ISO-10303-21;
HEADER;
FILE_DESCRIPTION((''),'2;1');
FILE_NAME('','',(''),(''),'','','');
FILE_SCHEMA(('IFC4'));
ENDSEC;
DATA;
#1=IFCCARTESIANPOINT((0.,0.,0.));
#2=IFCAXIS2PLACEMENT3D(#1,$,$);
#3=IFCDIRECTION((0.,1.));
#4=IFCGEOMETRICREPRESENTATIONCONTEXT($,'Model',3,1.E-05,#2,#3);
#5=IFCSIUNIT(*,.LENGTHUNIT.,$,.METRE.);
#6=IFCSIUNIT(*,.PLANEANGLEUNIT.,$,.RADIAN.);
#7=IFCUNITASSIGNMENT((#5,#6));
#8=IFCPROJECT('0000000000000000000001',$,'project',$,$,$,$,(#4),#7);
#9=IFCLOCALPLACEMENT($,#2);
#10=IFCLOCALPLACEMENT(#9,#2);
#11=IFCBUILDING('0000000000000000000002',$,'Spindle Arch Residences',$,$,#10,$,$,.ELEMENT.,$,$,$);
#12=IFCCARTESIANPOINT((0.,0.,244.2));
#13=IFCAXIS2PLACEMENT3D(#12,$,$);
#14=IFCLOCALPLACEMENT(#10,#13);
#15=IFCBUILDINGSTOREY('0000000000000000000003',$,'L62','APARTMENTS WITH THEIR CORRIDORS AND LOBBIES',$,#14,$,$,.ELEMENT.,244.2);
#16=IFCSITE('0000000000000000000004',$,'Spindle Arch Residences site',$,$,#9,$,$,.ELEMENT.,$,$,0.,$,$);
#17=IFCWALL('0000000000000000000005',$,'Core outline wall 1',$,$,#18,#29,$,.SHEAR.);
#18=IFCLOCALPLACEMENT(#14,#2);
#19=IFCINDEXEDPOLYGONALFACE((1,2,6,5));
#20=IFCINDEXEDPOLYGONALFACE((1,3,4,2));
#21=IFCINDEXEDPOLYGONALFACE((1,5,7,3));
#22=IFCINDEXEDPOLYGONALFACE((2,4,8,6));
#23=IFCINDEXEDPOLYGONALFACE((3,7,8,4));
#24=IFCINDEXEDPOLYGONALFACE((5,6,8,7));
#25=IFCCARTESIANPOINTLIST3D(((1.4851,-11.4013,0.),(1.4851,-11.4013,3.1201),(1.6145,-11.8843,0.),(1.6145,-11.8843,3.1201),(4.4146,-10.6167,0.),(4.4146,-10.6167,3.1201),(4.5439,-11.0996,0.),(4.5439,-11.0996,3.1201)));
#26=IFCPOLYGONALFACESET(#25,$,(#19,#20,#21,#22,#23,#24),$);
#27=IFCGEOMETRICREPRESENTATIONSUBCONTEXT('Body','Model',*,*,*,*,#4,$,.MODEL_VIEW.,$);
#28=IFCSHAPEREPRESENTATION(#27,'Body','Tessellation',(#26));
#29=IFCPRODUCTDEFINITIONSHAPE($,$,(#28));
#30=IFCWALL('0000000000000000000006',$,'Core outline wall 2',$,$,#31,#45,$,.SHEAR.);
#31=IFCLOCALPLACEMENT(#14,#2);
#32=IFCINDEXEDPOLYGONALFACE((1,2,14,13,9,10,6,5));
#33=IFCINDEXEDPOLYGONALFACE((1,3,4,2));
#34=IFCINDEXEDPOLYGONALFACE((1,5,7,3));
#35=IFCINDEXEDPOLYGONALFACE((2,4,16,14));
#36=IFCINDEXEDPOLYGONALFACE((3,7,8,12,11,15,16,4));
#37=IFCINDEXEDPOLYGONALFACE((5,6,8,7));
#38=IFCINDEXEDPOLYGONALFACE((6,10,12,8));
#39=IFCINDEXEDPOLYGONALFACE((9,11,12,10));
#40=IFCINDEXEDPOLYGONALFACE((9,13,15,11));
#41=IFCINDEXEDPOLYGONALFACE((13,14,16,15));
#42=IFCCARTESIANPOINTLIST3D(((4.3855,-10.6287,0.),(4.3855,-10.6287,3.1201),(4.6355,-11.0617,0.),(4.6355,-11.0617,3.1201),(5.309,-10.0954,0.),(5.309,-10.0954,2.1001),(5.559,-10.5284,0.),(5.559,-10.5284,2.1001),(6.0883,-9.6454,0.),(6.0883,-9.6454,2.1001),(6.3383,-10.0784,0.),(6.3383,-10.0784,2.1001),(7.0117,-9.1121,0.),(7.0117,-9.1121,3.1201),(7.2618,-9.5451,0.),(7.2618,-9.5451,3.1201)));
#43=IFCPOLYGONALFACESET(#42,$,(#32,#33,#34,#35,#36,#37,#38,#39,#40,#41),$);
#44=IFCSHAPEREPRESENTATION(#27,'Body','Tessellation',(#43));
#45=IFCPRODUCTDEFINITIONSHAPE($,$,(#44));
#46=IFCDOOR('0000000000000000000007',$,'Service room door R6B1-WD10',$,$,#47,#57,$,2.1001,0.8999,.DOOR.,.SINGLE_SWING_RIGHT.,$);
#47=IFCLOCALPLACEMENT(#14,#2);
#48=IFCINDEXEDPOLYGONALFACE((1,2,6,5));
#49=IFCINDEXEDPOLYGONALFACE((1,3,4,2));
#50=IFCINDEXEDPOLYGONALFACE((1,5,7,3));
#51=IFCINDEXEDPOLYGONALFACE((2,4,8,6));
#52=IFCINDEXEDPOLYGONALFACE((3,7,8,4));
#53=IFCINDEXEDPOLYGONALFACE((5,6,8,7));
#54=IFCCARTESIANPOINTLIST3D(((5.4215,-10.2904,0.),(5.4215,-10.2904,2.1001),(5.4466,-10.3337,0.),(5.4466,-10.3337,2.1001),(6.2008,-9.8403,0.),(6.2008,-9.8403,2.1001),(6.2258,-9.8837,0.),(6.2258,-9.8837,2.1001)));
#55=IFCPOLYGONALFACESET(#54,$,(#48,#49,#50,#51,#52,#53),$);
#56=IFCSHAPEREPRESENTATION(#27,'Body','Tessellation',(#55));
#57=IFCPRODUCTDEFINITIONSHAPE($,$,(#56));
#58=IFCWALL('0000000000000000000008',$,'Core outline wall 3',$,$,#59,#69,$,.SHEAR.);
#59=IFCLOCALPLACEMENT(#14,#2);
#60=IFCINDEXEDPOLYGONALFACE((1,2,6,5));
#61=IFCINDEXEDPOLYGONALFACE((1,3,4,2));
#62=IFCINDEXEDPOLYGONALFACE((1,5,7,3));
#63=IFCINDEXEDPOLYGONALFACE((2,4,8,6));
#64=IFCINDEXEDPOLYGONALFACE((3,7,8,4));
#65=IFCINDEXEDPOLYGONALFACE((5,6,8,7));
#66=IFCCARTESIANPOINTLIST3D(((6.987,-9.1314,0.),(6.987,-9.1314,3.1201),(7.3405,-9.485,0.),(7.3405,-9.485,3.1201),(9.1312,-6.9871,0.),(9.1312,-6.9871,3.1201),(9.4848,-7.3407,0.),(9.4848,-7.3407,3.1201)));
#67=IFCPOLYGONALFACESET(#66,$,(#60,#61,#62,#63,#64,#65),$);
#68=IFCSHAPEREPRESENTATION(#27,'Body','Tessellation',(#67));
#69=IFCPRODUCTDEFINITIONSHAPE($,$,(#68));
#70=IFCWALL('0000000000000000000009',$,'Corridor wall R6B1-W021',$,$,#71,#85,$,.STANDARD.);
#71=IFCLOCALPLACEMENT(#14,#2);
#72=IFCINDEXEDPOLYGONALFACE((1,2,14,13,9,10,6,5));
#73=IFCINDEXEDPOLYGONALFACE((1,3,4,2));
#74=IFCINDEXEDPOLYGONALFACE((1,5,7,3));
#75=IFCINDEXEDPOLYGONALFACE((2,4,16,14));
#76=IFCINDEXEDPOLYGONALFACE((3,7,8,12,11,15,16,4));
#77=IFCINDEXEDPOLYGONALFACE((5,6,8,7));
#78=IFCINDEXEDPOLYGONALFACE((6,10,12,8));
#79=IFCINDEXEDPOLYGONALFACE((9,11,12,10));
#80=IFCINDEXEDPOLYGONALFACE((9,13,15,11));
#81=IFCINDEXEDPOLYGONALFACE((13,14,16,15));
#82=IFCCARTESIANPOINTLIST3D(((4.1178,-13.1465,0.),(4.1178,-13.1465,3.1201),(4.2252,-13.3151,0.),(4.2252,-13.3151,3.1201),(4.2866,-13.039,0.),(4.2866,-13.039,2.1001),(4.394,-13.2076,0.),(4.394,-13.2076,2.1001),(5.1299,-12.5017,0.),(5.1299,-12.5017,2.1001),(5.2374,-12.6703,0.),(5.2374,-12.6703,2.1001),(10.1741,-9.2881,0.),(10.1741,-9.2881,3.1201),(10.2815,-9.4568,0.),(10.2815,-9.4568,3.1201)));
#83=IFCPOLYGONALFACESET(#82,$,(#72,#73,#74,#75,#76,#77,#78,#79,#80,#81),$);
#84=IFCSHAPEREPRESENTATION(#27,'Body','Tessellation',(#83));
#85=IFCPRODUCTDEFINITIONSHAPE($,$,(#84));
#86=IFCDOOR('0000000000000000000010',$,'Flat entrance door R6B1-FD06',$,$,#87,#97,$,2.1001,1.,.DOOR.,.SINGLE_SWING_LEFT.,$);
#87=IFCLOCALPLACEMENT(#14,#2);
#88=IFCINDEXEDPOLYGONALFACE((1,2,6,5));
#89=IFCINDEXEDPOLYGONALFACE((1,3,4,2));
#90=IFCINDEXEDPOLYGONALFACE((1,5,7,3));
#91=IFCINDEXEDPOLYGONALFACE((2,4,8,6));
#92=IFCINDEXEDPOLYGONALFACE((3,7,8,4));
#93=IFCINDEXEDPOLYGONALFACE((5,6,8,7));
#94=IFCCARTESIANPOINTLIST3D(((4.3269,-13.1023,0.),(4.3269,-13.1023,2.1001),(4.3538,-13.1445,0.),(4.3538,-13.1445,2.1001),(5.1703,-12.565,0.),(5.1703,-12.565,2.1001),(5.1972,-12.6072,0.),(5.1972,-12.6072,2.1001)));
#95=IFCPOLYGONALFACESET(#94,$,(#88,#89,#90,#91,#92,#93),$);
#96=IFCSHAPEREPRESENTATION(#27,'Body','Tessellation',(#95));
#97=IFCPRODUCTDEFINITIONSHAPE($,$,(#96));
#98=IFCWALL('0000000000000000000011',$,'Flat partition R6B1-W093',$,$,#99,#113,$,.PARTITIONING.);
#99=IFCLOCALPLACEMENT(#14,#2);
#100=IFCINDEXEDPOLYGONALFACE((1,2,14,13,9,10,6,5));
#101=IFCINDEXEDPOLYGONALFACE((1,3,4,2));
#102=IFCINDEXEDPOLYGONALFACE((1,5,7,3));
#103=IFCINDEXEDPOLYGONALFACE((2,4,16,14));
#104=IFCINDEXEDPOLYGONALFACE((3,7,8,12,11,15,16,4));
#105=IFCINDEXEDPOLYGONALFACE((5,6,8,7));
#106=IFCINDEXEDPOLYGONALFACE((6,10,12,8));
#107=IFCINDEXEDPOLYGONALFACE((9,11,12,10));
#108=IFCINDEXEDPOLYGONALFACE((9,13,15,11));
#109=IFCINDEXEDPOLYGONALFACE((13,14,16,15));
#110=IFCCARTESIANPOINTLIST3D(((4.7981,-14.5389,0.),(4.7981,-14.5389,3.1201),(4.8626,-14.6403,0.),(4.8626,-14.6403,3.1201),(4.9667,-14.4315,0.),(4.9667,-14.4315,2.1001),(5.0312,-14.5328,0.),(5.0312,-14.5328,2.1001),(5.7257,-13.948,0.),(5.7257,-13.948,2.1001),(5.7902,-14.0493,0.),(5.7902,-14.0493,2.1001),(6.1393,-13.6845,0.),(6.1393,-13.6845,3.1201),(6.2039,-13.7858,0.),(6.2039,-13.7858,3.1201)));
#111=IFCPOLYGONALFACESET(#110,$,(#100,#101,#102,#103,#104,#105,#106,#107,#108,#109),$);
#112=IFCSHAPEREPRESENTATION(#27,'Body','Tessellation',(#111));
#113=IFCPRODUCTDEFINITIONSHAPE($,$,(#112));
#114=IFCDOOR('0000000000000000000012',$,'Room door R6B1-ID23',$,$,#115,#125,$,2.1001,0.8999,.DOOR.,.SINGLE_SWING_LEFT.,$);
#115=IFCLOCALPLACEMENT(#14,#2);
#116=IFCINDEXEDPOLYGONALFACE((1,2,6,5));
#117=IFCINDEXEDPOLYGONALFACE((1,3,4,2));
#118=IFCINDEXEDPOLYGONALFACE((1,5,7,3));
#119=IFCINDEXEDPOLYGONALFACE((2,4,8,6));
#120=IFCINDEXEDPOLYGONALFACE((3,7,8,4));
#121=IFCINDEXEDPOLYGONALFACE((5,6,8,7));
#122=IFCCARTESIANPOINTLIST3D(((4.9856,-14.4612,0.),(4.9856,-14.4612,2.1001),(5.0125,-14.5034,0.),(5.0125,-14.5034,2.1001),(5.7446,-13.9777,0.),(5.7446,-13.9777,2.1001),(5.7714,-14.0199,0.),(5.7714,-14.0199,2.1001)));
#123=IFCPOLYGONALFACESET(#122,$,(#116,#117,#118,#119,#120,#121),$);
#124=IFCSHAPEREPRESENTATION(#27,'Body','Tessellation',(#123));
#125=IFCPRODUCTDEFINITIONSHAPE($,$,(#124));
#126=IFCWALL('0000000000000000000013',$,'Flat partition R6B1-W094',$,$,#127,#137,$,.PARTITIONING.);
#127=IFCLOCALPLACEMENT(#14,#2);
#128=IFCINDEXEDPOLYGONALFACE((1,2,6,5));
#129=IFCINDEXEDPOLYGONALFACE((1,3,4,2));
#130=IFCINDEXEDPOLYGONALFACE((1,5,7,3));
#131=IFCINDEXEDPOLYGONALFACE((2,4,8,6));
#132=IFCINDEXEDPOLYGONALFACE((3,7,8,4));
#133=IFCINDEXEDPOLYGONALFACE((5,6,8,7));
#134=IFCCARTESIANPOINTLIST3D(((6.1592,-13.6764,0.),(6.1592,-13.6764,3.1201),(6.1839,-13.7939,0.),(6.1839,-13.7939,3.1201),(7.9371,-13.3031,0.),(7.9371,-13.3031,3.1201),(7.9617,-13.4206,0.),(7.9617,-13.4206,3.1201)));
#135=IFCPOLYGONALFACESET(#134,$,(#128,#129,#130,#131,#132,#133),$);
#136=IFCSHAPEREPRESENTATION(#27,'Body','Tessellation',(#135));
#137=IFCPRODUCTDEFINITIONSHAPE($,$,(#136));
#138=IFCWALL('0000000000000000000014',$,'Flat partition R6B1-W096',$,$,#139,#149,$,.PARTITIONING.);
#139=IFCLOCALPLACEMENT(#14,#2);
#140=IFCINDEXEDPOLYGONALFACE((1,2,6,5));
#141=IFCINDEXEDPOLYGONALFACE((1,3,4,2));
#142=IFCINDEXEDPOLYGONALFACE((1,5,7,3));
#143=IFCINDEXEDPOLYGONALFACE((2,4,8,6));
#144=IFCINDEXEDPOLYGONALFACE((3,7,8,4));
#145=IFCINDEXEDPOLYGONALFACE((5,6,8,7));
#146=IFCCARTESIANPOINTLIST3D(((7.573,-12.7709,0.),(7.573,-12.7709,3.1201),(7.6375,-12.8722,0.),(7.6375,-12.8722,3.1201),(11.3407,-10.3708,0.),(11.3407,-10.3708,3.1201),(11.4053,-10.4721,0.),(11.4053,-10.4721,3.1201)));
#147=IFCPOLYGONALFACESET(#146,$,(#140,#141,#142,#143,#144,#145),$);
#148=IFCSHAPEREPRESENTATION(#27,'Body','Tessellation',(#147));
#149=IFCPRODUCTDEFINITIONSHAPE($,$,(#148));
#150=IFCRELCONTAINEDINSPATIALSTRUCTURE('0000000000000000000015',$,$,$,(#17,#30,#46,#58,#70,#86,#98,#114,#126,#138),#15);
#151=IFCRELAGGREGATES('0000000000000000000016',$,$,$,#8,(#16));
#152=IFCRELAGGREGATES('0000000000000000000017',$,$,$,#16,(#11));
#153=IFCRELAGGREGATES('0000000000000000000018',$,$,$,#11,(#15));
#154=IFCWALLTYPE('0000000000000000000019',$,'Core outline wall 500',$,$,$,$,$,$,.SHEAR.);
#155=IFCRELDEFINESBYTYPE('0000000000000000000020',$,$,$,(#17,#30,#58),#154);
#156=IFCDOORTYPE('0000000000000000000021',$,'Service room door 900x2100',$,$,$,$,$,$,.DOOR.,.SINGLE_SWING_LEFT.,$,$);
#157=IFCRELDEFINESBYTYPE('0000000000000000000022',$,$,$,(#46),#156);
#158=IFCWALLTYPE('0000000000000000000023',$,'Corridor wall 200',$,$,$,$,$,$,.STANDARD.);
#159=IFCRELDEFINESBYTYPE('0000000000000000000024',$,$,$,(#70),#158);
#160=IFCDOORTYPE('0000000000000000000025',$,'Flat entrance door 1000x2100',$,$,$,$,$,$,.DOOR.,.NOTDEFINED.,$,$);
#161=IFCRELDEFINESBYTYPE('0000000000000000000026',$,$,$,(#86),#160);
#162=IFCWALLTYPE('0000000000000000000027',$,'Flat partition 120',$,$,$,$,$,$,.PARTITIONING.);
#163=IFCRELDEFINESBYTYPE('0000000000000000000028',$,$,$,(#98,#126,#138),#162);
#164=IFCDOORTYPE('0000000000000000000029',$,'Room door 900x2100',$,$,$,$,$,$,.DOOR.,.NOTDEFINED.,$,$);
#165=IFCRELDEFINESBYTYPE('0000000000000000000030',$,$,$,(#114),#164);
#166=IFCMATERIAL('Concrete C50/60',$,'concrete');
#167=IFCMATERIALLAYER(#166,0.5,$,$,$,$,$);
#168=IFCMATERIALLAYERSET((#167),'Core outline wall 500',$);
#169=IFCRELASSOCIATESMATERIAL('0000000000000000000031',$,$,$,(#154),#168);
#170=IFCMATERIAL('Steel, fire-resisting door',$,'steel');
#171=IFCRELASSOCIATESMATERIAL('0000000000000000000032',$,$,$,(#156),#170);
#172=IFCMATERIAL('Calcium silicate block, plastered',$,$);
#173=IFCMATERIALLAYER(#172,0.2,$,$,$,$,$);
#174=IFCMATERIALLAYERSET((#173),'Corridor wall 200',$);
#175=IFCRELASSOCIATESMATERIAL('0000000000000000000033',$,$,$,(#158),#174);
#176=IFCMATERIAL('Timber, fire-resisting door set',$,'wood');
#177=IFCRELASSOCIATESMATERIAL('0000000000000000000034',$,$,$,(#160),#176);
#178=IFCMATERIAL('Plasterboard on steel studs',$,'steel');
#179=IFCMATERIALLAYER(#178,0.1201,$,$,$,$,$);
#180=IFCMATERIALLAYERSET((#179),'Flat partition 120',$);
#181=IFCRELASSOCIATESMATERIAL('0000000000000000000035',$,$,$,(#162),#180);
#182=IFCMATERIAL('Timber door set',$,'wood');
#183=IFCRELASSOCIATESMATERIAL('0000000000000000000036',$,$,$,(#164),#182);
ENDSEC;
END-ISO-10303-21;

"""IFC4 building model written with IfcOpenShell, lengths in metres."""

from ifc_helpers import new_model, si_unit, direction, frame, frame_2d, origin, place, context, subcontext, project, spatial, rectangle, extrude, material, layer, layer_set, type_object, element, fill, save


model = new_model("IFC4")

# Units and contexts
model_context = context("Model", 3, precision=1e-05, world=origin(), true_north=direction((0.0, 1.0)))
body_context = subcontext(model_context, "Body", "Model", "MODEL_VIEW")
ifc_project = project(units=[si_unit("LENGTHUNIT", "METRE"), si_unit("PLANEANGLEUNIT", "RADIAN")], contexts=[model_context])

# Site, building, storey
site_placement = place(None, origin())
site = spatial("IfcSite", under=ifc_project, at=site_placement, Name="Spindle Arch Residences site", CompositionType="ELEMENT", RefElevation=0.0)
building_placement = place(site_placement, origin())
building = spatial("IfcBuilding", under=site, at=building_placement, Name="Spindle Arch Residences", CompositionType="ELEMENT")
storey_placement = place(building_placement, frame((0.0, 0.0, 244.2)))
storey = spatial("IfcBuildingStorey", under=building, at=storey_placement, Name="L62", Description="APARTMENTS WITH THEIR CORRIDORS AND LOBBIES", CompositionType="ELEMENT", Elevation=244.2)

# Wall
ifc_material_1 = material(Name="Concrete C50/60", Category="concrete")
ifc_layer_1 = layer(ifc_material_1, 0.5)
ifc_layer_set_1 = layer_set([ifc_layer_1], Name="Core outline wall 500")
wall_type_1 = type_object("IfcWallType", Name="Core outline wall 500", PredefinedType="SHEAR", material=ifc_layer_set_1)
wall_1_placement = place(storey_placement, frame((1.5498, -11.6428, 0.0), z_axis=(0.0, 0.0, 1.0), x_axis=(0.965948, 0.258735, 0.0)))
element("IfcWall", 1, at=wall_1_placement, inside=storey, type_object=wall_type_1, Name="Core outline wall 1", PredefinedType="SHEAR", context=body_context, shape_type="SweptSolid", body=[
    extrude(rectangle(XDim=3.0327, YDim=0.5, at=frame_2d((1.5164, 0.0))), origin(), (0.0, 0.0, 1.0), 3.1201),
])

# Wall, opening, door
wall_2_placement = place(storey_placement, frame((4.5105, -10.8452, 0.0), z_axis=(0.0, 0.0, 1.0), x_axis=(0.865975, 0.500087, 0.0)))
wall_2 = element("IfcWall", 2, at=wall_2_placement, inside=storey, type_object=wall_type_1, Name="Core outline wall 2", PredefinedType="SHEAR", context=body_context, shape_type="SweptSolid", body=[
    extrude(rectangle(XDim=3.0327, YDim=0.5, at=frame_2d((1.5164, 0.0))), origin(), (0.0, 0.0, 1.0), 3.1201),
])
opening_1_placement = place(wall_2_placement, frame((1.0664, 0.0, 0.0)))
opening_1 = element("IfcOpeningElement", 3, at=opening_1_placement, cuts=wall_2, PredefinedType="OPENING", context=body_context, shape_type="SweptSolid", body=[
    extrude(rectangle(XDim=0.8999, YDim=2.1001, at=frame_2d((0.45, 1.05))), frame((0.0, 0.26, 0.0), z_axis=(0.0, -1.0, 0.0), x_axis=(1.0, 0.0, 0.0)), (0.0, 0.0, 1.0), 0.52),
])
ifc_material_2 = material(Name="Steel, fire-resisting door", Category="steel")
door_type_1 = type_object("IfcDoorType", Name="Service room door 900x2100", OperationType="SINGLE_SWING_LEFT", PredefinedType="DOOR", material=ifc_material_2)
door_1_placement = place(opening_1_placement, origin())
door_1 = element("IfcDoor", 4, at=door_1_placement, inside=storey, type_object=door_type_1, Name="Service room door R6B1-WD10", OperationType="SINGLE_SWING_RIGHT", OverallHeight=2.1001, OverallWidth=0.8999, PredefinedType="DOOR", context=body_context, shape_type="SweptSolid", body=[
    extrude(rectangle(XDim=0.8999, YDim=2.1001, at=frame_2d((0.45, 1.05))), frame((0.0, 0.0249, 0.0), z_axis=(0.0, -1.0, 0.0), x_axis=(1.0, 0.0, 0.0)), (0.0, 0.0, 1.0), 0.05),
])
fill(opening_1, door_1)

# Wall
wall_3_placement = place(storey_placement, frame((7.1638, -9.3081, 0.0), z_axis=(0.0, 0.0, 1.0), x_axis=(0.707107, 0.707107, 0.0)))
element("IfcWall", 5, at=wall_3_placement, inside=storey, type_object=wall_type_1, Name="Core outline wall 3", PredefinedType="SHEAR", context=body_context, shape_type="SweptSolid", body=[
    extrude(rectangle(XDim=3.0325, YDim=0.5, at=frame_2d((1.5161, 0.0))), origin(), (0.0, 0.0, 1.0), 3.1201),
])

# Walls, openings, doors
ifc_material_3 = material(Name="Calcium silicate block, plastered")
ifc_layer_2 = layer(ifc_material_3, 0.2)
ifc_layer_set_2 = layer_set([ifc_layer_2], Name="Corridor wall 200")
wall_type_2 = type_object("IfcWallType", Name="Corridor wall 200", PredefinedType="STANDARD", material=ifc_layer_set_2)
wall_4_placement = place(storey_placement, frame((4.1716, -13.2307, 0.0), z_axis=(0.0, 0.0, 1.0), x_axis=(0.843388, 0.537304, 0.0)))
wall_4 = element("IfcWall", 6, at=wall_4_placement, inside=storey, type_object=wall_type_2, Name="Corridor wall R6B1-W021", PredefinedType="STANDARD", context=body_context, shape_type="SweptSolid", body=[
    extrude(rectangle(XDim=7.1809, YDim=0.2, at=frame_2d((3.5903, 0.0))), origin(), (0.0, 0.0, 1.0), 3.1201),
])
opening_2_placement = place(wall_4_placement, frame((0.2, 0.0, 0.0)))
opening_2 = element("IfcOpeningElement", 7, at=opening_2_placement, cuts=wall_4, PredefinedType="OPENING", context=body_context, shape_type="SweptSolid", body=[
    extrude(rectangle(XDim=1.0, YDim=2.1001, at=frame_2d((0.5, 1.05))), frame((0.0, 0.1099, 0.0), z_axis=(0.0, -1.0, 0.0), x_axis=(1.0, 0.0, 0.0)), (0.0, 0.0, 1.0), 0.22),
])
ifc_material_4 = material(Name="Timber, fire-resisting door set", Category="wood")
door_type_2 = type_object("IfcDoorType", Name="Flat entrance door 1000x2100", OperationType="NOTDEFINED", PredefinedType="DOOR", material=ifc_material_4)
door_2_placement = place(opening_2_placement, origin())
door_2 = element("IfcDoor", 8, at=door_2_placement, inside=storey, type_object=door_type_2, Name="Flat entrance door R6B1-FD06", OperationType="SINGLE_SWING_LEFT", OverallHeight=2.1001, OverallWidth=1.0, PredefinedType="DOOR", context=body_context, shape_type="SweptSolid", body=[
    extrude(rectangle(XDim=1.0, YDim=2.1001, at=frame_2d((0.5, 1.05))), frame((0.0, 0.0249, 0.0), z_axis=(0.0, -1.0, 0.0), x_axis=(1.0, 0.0, 0.0)), (0.0, 0.0, 1.0), 0.05),
])
fill(opening_2, door_2)
ifc_material_5 = material(Name="Plasterboard on steel studs", Category="steel")
ifc_layer_3 = layer(ifc_material_5, 0.1201)
ifc_layer_set_3 = layer_set([ifc_layer_3], Name="Flat partition 120")
wall_type_3 = type_object("IfcWallType", Name="Flat partition 120", PredefinedType="PARTITIONING", material=ifc_layer_set_3)
wall_5_placement = place(storey_placement, frame((4.8303, -14.5896, 0.0), z_axis=(0.0, 0.0, 1.0), x_axis=(0.843396, 0.537293, 0.0)))
wall_5 = element("IfcWall", 9, at=wall_5_placement, inside=storey, type_object=wall_type_3, Name="Flat partition R6B1-W093", PredefinedType="PARTITIONING", context=body_context, shape_type="SweptSolid", body=[
    extrude(rectangle(XDim=1.5903, YDim=0.1201, at=frame_2d((0.7952, 0.0))), origin(), (0.0, 0.0, 1.0), 3.1201),
])
opening_3_placement = place(wall_5_placement, frame((0.2, 0.0, 0.0)))
opening_3 = element("IfcOpeningElement", 10, at=opening_3_placement, cuts=wall_5, PredefinedType="OPENING", context=body_context, shape_type="SweptSolid", body=[
    extrude(rectangle(XDim=0.8999, YDim=2.1001, at=frame_2d((0.45, 1.05))), frame((0.0, 0.0701, 0.0), z_axis=(0.0, -1.0, 0.0), x_axis=(1.0, 0.0, 0.0)), (0.0, 0.0, 1.0), 0.1401),
])
ifc_material_6 = material(Name="Timber door set", Category="wood")
door_type_3 = type_object("IfcDoorType", Name="Room door 900x2100", OperationType="NOTDEFINED", PredefinedType="DOOR", material=ifc_material_6)
door_3_placement = place(opening_3_placement, origin())
door_3 = element("IfcDoor", 11, at=door_3_placement, inside=storey, type_object=door_type_3, Name="Room door R6B1-ID23", OperationType="SINGLE_SWING_LEFT", OverallHeight=2.1001, OverallWidth=0.8999, PredefinedType="DOOR", context=body_context, shape_type="SweptSolid", body=[
    extrude(rectangle(XDim=0.8999, YDim=2.1001, at=frame_2d((0.45, 1.05))), frame((0.0, 0.0249, 0.0), z_axis=(0.0, -1.0, 0.0), x_axis=(1.0, 0.0, 0.0)), (0.0, 0.0, 1.0), 0.05),
])
fill(opening_3, door_3)

# Walls
wall_6_placement = place(storey_placement, frame((6.1716, -13.7351, 0.0), z_axis=(0.0, 0.0, 1.0), x_axis=(0.978659, 0.205489, 0.0)))
element("IfcWall", 12, at=wall_6_placement, inside=storey, type_object=wall_type_3, Name="Flat partition R6B1-W094", PredefinedType="PARTITIONING", context=body_context, shape_type="SweptSolid", body=[
    extrude(rectangle(XDim=1.8167, YDim=0.1201, at=frame_2d((0.9082, 0.0))), origin(), (0.0, 0.0, 1.0), 3.1201),
])
wall_7_placement = place(storey_placement, frame((7.6052, -12.8215, 0.0), z_axis=(0.0, 0.0, 1.0), x_axis=(0.843414, 0.537264, 0.0)))
element("IfcWall", 13, at=wall_7_placement, inside=storey, type_object=wall_type_3, Name="Flat partition R6B1-W096", PredefinedType="PARTITIONING", context=body_context, shape_type="SweptSolid", body=[
    extrude(rectangle(XDim=4.4673, YDim=0.1201, at=frame_2d((2.2336, 0.0))), origin(), (0.0, 0.0, 1.0), 3.1201),
])

save(model, "model.ifc")
